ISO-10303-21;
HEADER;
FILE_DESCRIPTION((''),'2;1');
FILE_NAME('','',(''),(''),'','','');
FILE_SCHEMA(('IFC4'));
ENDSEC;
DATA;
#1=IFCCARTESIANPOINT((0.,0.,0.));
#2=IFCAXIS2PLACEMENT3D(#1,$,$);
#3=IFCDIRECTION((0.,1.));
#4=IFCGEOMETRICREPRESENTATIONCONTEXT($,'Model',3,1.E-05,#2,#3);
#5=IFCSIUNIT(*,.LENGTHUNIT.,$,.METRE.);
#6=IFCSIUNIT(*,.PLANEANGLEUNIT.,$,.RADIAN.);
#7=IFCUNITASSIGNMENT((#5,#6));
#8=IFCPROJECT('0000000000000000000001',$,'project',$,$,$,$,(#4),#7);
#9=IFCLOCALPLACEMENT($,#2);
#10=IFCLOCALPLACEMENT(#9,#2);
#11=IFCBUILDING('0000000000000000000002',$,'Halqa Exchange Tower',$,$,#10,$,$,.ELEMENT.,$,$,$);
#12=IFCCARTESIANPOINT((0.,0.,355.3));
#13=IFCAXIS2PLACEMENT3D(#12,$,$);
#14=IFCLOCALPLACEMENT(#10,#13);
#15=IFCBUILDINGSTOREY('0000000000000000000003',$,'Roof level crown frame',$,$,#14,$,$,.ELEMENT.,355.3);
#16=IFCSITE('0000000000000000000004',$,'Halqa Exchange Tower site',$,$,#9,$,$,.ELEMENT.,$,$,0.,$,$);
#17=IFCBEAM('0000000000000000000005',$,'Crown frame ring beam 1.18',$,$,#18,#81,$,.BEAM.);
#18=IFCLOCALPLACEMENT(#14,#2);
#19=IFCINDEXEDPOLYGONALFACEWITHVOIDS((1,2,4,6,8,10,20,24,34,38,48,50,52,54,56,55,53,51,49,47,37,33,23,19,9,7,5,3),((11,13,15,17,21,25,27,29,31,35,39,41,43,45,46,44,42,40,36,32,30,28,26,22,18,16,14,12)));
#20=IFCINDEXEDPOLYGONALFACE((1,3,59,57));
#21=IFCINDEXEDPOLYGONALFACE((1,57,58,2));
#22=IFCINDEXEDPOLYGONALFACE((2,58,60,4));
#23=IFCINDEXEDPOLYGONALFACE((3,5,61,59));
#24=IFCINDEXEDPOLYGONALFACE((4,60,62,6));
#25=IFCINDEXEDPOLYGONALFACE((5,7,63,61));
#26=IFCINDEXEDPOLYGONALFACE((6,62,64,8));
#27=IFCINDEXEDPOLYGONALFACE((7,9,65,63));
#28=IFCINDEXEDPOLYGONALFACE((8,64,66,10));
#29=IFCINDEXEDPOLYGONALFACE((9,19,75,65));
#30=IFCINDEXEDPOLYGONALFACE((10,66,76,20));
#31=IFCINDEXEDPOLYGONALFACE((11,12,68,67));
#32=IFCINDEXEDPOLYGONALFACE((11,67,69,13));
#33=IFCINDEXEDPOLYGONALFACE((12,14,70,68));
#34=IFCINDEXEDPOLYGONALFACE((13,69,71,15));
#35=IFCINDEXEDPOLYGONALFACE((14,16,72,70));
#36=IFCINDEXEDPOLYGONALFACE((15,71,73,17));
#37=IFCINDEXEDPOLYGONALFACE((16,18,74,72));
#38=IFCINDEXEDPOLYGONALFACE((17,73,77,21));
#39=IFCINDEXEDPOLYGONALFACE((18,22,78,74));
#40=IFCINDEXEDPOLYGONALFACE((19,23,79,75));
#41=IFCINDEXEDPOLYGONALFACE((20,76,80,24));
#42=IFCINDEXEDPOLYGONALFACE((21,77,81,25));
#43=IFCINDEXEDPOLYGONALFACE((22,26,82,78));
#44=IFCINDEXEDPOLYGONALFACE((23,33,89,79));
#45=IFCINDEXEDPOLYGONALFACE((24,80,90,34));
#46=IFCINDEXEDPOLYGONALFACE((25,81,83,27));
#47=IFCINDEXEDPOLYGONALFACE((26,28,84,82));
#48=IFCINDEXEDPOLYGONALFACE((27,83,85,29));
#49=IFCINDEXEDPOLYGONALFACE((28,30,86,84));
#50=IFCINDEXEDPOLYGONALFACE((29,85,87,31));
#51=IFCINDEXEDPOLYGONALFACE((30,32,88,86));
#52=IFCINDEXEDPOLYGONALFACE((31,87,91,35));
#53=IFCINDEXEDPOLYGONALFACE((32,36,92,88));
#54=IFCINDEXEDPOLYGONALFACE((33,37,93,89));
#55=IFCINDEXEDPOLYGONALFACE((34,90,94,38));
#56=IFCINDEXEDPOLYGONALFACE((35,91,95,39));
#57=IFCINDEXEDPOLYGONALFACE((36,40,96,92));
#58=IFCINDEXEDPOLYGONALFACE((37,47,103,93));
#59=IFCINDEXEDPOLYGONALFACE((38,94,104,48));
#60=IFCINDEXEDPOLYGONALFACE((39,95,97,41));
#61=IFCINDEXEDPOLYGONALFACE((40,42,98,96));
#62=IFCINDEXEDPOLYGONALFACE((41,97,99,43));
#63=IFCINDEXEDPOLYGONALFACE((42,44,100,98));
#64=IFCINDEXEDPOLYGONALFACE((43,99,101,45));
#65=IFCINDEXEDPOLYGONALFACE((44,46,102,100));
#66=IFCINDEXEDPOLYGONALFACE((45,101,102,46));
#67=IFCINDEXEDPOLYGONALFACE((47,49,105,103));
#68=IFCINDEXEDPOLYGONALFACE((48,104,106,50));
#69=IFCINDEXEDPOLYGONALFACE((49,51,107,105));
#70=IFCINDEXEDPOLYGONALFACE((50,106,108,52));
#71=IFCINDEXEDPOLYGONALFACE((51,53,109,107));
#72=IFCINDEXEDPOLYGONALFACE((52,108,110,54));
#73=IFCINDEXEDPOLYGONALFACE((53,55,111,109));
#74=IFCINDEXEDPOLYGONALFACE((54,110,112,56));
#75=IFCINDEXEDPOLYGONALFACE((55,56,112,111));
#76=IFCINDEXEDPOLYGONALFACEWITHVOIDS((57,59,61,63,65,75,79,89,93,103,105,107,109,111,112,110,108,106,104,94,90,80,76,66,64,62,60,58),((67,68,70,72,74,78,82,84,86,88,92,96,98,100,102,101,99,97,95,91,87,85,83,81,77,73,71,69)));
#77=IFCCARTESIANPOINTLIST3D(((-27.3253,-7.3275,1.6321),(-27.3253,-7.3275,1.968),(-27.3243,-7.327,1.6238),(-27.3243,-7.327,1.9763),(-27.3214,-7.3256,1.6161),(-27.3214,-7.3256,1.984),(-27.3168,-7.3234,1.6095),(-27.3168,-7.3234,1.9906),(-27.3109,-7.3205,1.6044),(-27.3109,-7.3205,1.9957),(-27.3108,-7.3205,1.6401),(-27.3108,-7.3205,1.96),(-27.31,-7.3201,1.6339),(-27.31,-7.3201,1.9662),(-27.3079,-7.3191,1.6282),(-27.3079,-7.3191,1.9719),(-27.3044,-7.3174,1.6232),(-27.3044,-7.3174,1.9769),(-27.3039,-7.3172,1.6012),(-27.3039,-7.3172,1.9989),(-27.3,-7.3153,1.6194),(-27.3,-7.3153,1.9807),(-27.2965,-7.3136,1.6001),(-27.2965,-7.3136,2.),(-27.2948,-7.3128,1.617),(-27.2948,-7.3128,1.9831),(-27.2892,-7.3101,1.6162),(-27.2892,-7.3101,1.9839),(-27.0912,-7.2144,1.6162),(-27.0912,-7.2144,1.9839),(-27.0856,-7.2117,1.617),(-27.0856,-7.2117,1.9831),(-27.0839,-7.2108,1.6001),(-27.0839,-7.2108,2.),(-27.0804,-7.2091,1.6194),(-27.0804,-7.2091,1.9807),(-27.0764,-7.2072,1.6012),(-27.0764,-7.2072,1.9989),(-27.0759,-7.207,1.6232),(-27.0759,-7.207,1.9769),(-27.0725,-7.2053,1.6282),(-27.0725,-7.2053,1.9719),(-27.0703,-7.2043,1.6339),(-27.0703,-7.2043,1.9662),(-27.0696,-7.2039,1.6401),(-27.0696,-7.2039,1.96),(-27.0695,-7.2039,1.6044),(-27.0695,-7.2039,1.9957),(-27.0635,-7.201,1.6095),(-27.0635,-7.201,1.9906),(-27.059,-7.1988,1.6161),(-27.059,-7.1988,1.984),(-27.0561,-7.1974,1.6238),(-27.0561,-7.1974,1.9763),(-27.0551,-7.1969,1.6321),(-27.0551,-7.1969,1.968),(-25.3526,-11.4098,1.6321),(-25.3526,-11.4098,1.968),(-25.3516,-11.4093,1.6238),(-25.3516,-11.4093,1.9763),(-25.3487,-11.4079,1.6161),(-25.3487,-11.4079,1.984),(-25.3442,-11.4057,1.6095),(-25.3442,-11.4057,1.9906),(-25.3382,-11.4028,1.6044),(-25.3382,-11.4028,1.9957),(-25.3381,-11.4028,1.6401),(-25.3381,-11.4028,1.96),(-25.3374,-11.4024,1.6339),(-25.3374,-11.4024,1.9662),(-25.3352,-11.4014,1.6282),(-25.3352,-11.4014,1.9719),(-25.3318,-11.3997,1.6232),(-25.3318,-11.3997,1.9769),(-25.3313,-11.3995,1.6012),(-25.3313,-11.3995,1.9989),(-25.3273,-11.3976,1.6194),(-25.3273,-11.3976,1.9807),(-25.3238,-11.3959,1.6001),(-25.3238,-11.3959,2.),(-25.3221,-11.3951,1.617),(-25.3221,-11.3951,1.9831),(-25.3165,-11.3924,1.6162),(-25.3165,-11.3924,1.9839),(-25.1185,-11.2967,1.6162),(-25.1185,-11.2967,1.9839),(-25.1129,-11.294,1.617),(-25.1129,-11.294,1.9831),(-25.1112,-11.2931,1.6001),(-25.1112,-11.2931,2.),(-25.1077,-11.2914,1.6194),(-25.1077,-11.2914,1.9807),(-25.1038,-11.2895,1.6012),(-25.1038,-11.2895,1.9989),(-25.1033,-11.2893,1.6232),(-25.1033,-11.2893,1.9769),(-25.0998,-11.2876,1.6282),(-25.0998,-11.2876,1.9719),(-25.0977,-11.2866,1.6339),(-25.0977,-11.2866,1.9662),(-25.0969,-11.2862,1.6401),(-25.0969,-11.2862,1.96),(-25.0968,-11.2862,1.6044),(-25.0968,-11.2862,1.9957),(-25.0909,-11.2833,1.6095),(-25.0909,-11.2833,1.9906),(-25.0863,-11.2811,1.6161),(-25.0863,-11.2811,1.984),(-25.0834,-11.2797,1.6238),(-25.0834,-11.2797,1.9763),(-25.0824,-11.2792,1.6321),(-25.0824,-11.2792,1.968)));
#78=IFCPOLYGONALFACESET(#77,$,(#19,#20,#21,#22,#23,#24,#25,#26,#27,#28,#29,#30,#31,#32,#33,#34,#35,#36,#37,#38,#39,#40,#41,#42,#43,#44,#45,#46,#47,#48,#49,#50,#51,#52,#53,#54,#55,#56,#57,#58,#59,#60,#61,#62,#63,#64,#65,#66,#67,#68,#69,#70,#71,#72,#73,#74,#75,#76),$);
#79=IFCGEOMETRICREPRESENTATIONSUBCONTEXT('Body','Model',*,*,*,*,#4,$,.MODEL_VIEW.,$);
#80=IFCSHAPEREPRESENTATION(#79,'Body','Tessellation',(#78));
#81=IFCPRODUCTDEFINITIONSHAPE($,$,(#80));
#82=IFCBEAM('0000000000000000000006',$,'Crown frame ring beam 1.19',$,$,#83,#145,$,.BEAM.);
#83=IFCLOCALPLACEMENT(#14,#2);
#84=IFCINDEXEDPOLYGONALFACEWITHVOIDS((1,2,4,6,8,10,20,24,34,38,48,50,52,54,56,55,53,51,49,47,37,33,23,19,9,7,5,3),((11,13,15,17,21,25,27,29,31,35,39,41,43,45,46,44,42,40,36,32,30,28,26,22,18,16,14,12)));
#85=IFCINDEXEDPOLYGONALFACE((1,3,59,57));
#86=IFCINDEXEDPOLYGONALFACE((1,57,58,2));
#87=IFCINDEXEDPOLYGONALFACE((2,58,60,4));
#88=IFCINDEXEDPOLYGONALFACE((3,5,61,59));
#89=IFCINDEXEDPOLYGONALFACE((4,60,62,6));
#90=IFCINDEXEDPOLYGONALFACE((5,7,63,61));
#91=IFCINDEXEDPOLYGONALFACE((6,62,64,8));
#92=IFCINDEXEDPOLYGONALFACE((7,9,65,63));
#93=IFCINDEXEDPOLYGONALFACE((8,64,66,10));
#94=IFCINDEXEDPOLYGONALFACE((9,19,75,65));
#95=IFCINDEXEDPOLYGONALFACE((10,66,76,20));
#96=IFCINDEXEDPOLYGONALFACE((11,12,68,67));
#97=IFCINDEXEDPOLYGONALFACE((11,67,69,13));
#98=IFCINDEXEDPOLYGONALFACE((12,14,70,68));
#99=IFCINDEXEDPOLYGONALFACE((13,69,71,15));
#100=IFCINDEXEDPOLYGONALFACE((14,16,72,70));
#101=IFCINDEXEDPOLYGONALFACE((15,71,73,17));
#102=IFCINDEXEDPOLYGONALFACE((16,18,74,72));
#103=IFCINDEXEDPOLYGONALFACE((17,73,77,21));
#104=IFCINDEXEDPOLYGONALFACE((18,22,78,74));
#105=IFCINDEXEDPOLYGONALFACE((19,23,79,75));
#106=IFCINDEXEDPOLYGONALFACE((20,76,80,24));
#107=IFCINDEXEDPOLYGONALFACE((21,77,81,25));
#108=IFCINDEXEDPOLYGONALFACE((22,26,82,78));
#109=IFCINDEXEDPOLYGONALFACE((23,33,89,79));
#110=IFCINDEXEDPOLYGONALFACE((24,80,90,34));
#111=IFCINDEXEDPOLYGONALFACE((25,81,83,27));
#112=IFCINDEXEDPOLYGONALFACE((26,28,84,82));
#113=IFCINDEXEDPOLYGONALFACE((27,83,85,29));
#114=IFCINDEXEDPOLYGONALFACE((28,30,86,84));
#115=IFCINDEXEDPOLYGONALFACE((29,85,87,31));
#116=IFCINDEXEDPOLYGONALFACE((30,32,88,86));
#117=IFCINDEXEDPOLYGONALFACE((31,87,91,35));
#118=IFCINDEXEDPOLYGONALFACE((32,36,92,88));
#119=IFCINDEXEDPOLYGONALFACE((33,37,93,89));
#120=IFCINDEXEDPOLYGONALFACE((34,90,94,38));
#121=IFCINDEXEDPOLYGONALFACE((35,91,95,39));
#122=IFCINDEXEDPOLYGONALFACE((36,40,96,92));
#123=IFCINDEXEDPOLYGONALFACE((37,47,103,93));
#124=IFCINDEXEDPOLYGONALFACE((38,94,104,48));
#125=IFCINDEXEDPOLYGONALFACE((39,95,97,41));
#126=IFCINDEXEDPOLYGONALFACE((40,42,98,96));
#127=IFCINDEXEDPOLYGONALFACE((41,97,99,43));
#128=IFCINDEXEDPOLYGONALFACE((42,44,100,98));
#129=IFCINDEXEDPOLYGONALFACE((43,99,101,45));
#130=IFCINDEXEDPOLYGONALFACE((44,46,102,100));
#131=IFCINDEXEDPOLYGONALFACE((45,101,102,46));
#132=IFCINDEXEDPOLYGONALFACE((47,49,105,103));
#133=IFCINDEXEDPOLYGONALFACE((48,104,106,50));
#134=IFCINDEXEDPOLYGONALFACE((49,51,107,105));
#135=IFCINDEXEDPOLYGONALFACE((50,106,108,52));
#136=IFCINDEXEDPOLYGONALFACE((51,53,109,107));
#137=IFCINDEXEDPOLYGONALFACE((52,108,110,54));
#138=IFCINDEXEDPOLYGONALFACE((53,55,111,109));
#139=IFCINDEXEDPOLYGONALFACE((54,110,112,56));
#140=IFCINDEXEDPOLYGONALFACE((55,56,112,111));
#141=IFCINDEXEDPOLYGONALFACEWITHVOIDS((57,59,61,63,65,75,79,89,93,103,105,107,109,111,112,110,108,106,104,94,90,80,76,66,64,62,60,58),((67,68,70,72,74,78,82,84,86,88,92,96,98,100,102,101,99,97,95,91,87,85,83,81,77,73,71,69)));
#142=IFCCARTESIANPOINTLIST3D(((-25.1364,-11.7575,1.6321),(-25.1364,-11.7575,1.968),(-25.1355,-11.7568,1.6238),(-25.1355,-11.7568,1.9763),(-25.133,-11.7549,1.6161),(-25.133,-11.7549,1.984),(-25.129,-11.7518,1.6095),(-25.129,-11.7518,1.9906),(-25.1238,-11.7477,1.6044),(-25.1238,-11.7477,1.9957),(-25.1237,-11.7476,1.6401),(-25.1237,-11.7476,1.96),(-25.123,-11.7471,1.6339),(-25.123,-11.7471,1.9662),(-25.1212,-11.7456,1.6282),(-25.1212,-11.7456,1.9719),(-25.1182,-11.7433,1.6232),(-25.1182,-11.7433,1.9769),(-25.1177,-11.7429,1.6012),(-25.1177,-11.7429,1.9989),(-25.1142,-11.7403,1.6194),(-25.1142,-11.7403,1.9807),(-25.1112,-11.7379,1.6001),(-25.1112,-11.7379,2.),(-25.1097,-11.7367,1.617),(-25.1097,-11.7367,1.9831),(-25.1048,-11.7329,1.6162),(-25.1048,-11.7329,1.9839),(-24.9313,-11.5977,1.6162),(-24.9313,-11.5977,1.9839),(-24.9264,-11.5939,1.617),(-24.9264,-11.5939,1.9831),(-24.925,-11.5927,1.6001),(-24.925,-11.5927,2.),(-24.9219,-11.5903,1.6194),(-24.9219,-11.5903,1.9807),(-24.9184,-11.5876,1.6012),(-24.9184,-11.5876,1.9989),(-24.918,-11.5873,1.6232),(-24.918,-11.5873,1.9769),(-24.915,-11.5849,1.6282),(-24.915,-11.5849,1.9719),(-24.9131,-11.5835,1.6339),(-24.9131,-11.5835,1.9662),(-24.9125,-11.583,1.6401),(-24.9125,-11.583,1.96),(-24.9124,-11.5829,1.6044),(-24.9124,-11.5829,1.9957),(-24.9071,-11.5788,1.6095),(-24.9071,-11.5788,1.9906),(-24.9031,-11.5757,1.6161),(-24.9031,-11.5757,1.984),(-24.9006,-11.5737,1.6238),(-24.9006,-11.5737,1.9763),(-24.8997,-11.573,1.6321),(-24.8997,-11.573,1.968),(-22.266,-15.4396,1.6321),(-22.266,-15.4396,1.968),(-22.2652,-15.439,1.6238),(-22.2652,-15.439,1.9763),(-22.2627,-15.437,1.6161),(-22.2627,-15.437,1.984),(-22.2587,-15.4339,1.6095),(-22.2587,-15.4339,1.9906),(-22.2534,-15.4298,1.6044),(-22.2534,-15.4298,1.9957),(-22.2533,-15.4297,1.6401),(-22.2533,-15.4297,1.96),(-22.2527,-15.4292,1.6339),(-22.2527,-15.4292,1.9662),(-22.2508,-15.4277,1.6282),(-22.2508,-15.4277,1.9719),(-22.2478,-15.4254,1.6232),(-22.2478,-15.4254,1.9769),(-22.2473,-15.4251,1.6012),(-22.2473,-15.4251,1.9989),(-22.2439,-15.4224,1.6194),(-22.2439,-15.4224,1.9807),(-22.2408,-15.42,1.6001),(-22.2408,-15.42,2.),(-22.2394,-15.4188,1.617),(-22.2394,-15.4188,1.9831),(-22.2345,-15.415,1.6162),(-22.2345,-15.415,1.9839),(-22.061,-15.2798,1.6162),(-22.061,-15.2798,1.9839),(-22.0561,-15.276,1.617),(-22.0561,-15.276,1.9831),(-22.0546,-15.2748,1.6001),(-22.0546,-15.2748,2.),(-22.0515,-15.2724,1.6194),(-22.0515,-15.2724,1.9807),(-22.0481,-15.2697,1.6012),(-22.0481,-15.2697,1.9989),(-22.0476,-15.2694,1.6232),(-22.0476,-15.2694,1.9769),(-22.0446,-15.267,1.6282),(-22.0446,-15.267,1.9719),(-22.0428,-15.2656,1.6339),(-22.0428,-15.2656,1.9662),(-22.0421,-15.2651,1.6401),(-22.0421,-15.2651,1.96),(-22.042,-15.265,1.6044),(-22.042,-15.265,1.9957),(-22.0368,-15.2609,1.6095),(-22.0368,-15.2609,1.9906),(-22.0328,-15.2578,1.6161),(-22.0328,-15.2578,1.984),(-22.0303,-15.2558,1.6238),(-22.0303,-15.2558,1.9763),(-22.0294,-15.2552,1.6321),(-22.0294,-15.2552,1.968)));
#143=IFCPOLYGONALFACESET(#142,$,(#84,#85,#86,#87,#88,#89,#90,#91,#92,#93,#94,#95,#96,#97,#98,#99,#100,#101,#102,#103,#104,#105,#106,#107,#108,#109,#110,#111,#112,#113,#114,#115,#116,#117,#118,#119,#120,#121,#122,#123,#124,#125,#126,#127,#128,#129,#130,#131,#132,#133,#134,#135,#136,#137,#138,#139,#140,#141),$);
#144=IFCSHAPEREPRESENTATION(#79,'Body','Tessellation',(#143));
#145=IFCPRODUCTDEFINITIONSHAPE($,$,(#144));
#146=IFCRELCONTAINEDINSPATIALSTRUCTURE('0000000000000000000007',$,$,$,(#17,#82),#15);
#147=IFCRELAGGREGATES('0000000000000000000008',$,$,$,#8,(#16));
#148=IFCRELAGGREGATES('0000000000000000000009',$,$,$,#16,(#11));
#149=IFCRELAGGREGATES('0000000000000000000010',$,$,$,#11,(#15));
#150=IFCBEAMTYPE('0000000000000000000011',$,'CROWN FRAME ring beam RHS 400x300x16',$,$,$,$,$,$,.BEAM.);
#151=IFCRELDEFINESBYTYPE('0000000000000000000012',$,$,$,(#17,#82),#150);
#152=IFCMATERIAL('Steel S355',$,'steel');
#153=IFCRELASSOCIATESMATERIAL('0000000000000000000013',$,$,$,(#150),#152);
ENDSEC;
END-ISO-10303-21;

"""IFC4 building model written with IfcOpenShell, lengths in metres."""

from ifc_helpers import new_model, si_unit, direction, frame, origin, origin_2d, place, context, subcontext, project, spatial, hollow_rectangle, extrude, material, material_profile, profile_set, type_object, element, save


model = new_model("IFC4")

# Units and contexts
model_context = context("Model", 3, precision=1e-05, world=origin(), true_north=direction((0.0, 1.0)))
body_context = subcontext(model_context, "Body", "Model", "MODEL_VIEW")
ifc_project = project(units=[si_unit("LENGTHUNIT", "METRE"), si_unit("PLANEANGLEUNIT", "RADIAN")], contexts=[model_context])

# Site, building, storey
site_placement = place(None, origin())
site = spatial("IfcSite", under=ifc_project, at=site_placement, Name="Halqa Exchange Tower site", CompositionType="ELEMENT", RefElevation=0.0)
building_placement = place(site_placement, origin())
building = spatial("IfcBuilding", under=site, at=building_placement, Name="Halqa Exchange Tower", CompositionType="ELEMENT")
storey_placement = place(building_placement, frame((0.0, 0.0, 355.3)))
storey = spatial("IfcBuildingStorey", under=building, at=storey_placement, Name="Roof level crown frame", CompositionType="ELEMENT", Elevation=355.3)

# Shared definitions
ifc_material_1 = material(Name="Steel S355", Category="steel")

# Beams
ifc_material_profile_1 = material_profile(ifc_material_1, hollow_rectangle(XDim=0.3, YDim=0.3999, WallThickness=0.0161, InnerFilletRadius=0.0239, OuterFilletRadius=0.032, at=origin_2d()), Name="RHS 400x300x16")
ifc_profile_set_1 = profile_set([ifc_material_profile_1], Name="Steel S355")
beam_type = type_object("IfcBeamType", Name="CROWN FRAME ring beam RHS 400x300x16", PredefinedType="BEAM", material=ifc_profile_set_1)
beam_1_placement = place(storey_placement, frame((-27.1902, -7.2622, 1.8), z_axis=(0.435089, -0.900387, 0.0), x_axis=(0.900387, 0.435089, 0.0)))
element("IfcBeam", 1, at=beam_1_placement, inside=storey, type_object=beam_type, Name="Crown frame ring beam 1.18", PredefinedType="BEAM", context=body_context, shape_type="SweptSolid", body=[
    extrude(hollow_rectangle(XDim=0.3, YDim=0.3999, WallThickness=0.0161, InnerFilletRadius=0.0239, OuterFilletRadius=0.032, at=origin_2d()), origin(), (0.0, 0.0, 1.0), 4.5339),
])
beam_2_placement = place(storey_placement, frame((-25.0181, -11.6653, 1.8), z_axis=(0.614805, -0.788679, 0.0), x_axis=(0.788679, 0.614805, 0.0)))
element("IfcBeam", 2, at=beam_2_placement, inside=storey, type_object=beam_type, Name="Crown frame ring beam 1.19", PredefinedType="BEAM", context=body_context, shape_type="SweptSolid", body=[
    extrude(hollow_rectangle(XDim=0.3, YDim=0.3999, WallThickness=0.0161, InnerFilletRadius=0.0239, OuterFilletRadius=0.032, at=origin_2d()), origin(), (0.0, 0.0, 1.0), 4.6687),
])

save(model, "model.ifc")
